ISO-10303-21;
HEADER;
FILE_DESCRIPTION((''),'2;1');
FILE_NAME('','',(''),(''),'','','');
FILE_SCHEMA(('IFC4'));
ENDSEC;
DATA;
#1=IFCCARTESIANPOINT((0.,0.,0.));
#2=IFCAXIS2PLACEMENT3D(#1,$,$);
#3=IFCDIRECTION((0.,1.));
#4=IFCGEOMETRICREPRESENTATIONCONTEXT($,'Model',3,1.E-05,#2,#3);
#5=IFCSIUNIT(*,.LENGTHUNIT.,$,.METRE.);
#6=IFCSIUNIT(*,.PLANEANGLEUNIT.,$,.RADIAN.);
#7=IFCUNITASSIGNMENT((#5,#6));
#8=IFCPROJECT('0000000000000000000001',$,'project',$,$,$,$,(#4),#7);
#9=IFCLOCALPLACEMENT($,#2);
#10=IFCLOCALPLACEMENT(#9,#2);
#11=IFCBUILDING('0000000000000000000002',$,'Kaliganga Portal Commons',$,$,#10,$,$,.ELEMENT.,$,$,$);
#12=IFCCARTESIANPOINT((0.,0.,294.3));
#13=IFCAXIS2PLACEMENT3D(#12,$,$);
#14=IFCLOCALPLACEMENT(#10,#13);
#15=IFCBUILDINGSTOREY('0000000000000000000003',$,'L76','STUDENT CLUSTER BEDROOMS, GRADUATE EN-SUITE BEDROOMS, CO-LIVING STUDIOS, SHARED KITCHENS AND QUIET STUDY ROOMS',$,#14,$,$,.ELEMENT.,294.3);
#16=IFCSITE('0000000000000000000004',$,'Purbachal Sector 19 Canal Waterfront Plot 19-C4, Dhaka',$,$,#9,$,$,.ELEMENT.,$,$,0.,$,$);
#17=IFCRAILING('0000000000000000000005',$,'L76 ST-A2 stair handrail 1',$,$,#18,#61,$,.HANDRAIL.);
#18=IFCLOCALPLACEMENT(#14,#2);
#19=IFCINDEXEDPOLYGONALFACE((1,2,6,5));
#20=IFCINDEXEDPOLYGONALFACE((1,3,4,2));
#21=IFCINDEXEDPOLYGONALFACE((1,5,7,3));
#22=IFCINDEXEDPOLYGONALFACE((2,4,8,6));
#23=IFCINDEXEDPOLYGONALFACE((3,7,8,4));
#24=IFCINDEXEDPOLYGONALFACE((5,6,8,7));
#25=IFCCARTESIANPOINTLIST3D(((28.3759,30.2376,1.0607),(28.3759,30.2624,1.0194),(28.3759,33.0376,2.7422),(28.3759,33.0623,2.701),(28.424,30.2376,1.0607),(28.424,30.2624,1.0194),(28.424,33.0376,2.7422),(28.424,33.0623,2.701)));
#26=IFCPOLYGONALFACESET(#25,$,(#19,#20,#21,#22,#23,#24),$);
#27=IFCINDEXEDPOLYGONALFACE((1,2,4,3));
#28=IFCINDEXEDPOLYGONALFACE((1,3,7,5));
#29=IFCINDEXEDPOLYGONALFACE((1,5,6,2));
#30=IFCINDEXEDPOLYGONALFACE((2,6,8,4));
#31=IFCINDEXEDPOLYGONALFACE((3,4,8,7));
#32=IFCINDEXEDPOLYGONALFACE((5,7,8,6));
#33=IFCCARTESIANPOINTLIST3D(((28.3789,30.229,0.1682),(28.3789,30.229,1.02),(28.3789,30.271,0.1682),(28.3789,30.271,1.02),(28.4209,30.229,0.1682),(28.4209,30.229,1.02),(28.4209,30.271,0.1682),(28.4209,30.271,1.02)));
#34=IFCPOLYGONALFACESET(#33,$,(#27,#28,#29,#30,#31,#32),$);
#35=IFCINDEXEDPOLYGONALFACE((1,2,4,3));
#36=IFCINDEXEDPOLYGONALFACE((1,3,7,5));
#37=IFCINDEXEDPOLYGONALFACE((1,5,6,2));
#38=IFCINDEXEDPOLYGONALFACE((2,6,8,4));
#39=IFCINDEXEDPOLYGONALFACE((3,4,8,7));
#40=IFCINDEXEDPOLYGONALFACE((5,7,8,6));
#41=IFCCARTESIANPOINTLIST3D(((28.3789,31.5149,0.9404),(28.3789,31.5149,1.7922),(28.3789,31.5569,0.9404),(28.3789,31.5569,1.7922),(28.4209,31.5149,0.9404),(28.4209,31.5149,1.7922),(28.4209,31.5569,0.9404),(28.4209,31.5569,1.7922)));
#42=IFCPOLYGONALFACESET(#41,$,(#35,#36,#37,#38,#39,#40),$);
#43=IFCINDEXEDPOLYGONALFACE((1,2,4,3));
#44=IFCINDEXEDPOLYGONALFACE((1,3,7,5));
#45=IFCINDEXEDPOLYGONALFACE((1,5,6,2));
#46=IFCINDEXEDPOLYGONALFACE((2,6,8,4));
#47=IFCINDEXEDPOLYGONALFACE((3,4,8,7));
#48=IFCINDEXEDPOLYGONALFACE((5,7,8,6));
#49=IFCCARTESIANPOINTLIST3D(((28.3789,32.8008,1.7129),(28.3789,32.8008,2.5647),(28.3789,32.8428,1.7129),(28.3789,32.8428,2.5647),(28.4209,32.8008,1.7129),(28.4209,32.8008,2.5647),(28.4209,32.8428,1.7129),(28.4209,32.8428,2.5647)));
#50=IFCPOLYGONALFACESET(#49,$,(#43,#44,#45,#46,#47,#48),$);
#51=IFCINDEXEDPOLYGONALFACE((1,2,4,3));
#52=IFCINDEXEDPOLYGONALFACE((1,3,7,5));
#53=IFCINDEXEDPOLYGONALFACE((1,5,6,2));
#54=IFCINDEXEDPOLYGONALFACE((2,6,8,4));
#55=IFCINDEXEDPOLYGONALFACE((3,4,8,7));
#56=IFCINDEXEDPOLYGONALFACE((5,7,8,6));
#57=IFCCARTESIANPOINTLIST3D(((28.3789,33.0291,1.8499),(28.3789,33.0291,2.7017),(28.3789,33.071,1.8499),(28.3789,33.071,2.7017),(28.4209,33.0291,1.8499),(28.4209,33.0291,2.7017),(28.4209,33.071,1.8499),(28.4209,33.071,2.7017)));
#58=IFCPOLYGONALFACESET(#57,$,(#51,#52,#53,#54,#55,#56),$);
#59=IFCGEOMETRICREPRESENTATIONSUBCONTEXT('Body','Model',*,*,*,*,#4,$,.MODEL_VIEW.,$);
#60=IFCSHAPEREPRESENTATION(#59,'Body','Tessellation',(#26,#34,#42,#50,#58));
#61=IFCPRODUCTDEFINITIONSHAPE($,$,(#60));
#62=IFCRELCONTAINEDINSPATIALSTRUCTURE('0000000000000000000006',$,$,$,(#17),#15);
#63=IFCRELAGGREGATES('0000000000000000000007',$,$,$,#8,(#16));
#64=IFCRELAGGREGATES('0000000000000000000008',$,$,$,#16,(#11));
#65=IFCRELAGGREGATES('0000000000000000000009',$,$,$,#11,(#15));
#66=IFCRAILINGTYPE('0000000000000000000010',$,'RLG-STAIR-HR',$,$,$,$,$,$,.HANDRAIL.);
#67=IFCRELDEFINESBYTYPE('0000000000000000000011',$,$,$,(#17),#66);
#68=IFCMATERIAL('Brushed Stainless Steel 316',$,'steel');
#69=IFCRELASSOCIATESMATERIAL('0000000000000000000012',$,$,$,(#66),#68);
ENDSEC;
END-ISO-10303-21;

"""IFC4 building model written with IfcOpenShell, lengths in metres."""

from ifc_helpers import new_model, si_unit, direction, frame, origin, origin_2d, place, context, subcontext, project, spatial, rectangle, extrude, material, type_object, element, save


model = new_model("IFC4")

# Units and contexts
model_context = context("Model", 3, precision=1e-05, world=origin(), true_north=direction((0.0, 1.0)))
body_context = subcontext(model_context, "Body", "Model", "MODEL_VIEW")
ifc_project = project(units=[si_unit("LENGTHUNIT", "METRE"), si_unit("PLANEANGLEUNIT", "RADIAN")], contexts=[model_context])

# Site, building, storey
site_placement = place(None, origin())
site = spatial("IfcSite", under=ifc_project, at=site_placement, Name="Purbachal Sector 19 Canal Waterfront Plot 19-C4, Dhaka", CompositionType="ELEMENT", RefElevation=0.0)
building_placement = place(site_placement, origin())
building = spatial("IfcBuilding", under=site, at=building_placement, Name="Kaliganga Portal Commons", CompositionType="ELEMENT")
storey_placement = place(building_placement, frame((0.0, 0.0, 294.3)))
storey = spatial("IfcBuildingStorey", under=building, at=storey_placement, Name="L76", Description="STUDENT CLUSTER BEDROOMS, GRADUATE EN-SUITE BEDROOMS, CO-LIVING STUDIOS, SHARED KITCHENS AND QUIET STUDY ROOMS", CompositionType="ELEMENT", Elevation=294.3)

# Railing
ifc_material_1 = material(Name="Brushed Stainless Steel 316", Category="steel")
railing_type_1 = type_object("IfcRailingType", Name="RLG-STAIR-HR", PredefinedType="HANDRAIL", material=ifc_material_1)
railing_1_placement = place(storey_placement, frame((28.3999, 30.25, 0.1682)))
element("IfcRailing", 1, at=railing_1_placement, inside=storey, type_object=railing_type_1, Name="L76 ST-A2 stair handrail 1", PredefinedType="HANDRAIL", context=body_context, shape_type="SweptSolid", body=[
    extrude(rectangle(XDim=0.0481, YDim=0.0481, at=origin_2d()), frame((0.0, 0.0, 0.8718), z_axis=(0.0, 0.857275, 0.514858), x_axis=(-1.0, 0.0, 0.0)), (0.0, 0.0, 1.0), 3.2661),
    extrude(rectangle(XDim=0.042, YDim=0.042, at=origin_2d()), origin(), (0.0, 0.0, 1.0), 0.8518),
    extrude(rectangle(XDim=0.042, YDim=0.042, at=origin_2d()), frame((0.0, 1.2859, 0.7722)), (0.0, 0.0, 1.0), 0.8518),
    extrude(rectangle(XDim=0.042, YDim=0.042, at=origin_2d()), frame((0.0, 2.5718, 1.5447)), (0.0, 0.0, 1.0), 0.8518),
    extrude(rectangle(XDim=0.042, YDim=0.042, at=origin_2d()), frame((0.0, 2.8, 1.6816)), (0.0, 0.0, 1.0), 0.8518),
])

save(model, "model.ifc")
